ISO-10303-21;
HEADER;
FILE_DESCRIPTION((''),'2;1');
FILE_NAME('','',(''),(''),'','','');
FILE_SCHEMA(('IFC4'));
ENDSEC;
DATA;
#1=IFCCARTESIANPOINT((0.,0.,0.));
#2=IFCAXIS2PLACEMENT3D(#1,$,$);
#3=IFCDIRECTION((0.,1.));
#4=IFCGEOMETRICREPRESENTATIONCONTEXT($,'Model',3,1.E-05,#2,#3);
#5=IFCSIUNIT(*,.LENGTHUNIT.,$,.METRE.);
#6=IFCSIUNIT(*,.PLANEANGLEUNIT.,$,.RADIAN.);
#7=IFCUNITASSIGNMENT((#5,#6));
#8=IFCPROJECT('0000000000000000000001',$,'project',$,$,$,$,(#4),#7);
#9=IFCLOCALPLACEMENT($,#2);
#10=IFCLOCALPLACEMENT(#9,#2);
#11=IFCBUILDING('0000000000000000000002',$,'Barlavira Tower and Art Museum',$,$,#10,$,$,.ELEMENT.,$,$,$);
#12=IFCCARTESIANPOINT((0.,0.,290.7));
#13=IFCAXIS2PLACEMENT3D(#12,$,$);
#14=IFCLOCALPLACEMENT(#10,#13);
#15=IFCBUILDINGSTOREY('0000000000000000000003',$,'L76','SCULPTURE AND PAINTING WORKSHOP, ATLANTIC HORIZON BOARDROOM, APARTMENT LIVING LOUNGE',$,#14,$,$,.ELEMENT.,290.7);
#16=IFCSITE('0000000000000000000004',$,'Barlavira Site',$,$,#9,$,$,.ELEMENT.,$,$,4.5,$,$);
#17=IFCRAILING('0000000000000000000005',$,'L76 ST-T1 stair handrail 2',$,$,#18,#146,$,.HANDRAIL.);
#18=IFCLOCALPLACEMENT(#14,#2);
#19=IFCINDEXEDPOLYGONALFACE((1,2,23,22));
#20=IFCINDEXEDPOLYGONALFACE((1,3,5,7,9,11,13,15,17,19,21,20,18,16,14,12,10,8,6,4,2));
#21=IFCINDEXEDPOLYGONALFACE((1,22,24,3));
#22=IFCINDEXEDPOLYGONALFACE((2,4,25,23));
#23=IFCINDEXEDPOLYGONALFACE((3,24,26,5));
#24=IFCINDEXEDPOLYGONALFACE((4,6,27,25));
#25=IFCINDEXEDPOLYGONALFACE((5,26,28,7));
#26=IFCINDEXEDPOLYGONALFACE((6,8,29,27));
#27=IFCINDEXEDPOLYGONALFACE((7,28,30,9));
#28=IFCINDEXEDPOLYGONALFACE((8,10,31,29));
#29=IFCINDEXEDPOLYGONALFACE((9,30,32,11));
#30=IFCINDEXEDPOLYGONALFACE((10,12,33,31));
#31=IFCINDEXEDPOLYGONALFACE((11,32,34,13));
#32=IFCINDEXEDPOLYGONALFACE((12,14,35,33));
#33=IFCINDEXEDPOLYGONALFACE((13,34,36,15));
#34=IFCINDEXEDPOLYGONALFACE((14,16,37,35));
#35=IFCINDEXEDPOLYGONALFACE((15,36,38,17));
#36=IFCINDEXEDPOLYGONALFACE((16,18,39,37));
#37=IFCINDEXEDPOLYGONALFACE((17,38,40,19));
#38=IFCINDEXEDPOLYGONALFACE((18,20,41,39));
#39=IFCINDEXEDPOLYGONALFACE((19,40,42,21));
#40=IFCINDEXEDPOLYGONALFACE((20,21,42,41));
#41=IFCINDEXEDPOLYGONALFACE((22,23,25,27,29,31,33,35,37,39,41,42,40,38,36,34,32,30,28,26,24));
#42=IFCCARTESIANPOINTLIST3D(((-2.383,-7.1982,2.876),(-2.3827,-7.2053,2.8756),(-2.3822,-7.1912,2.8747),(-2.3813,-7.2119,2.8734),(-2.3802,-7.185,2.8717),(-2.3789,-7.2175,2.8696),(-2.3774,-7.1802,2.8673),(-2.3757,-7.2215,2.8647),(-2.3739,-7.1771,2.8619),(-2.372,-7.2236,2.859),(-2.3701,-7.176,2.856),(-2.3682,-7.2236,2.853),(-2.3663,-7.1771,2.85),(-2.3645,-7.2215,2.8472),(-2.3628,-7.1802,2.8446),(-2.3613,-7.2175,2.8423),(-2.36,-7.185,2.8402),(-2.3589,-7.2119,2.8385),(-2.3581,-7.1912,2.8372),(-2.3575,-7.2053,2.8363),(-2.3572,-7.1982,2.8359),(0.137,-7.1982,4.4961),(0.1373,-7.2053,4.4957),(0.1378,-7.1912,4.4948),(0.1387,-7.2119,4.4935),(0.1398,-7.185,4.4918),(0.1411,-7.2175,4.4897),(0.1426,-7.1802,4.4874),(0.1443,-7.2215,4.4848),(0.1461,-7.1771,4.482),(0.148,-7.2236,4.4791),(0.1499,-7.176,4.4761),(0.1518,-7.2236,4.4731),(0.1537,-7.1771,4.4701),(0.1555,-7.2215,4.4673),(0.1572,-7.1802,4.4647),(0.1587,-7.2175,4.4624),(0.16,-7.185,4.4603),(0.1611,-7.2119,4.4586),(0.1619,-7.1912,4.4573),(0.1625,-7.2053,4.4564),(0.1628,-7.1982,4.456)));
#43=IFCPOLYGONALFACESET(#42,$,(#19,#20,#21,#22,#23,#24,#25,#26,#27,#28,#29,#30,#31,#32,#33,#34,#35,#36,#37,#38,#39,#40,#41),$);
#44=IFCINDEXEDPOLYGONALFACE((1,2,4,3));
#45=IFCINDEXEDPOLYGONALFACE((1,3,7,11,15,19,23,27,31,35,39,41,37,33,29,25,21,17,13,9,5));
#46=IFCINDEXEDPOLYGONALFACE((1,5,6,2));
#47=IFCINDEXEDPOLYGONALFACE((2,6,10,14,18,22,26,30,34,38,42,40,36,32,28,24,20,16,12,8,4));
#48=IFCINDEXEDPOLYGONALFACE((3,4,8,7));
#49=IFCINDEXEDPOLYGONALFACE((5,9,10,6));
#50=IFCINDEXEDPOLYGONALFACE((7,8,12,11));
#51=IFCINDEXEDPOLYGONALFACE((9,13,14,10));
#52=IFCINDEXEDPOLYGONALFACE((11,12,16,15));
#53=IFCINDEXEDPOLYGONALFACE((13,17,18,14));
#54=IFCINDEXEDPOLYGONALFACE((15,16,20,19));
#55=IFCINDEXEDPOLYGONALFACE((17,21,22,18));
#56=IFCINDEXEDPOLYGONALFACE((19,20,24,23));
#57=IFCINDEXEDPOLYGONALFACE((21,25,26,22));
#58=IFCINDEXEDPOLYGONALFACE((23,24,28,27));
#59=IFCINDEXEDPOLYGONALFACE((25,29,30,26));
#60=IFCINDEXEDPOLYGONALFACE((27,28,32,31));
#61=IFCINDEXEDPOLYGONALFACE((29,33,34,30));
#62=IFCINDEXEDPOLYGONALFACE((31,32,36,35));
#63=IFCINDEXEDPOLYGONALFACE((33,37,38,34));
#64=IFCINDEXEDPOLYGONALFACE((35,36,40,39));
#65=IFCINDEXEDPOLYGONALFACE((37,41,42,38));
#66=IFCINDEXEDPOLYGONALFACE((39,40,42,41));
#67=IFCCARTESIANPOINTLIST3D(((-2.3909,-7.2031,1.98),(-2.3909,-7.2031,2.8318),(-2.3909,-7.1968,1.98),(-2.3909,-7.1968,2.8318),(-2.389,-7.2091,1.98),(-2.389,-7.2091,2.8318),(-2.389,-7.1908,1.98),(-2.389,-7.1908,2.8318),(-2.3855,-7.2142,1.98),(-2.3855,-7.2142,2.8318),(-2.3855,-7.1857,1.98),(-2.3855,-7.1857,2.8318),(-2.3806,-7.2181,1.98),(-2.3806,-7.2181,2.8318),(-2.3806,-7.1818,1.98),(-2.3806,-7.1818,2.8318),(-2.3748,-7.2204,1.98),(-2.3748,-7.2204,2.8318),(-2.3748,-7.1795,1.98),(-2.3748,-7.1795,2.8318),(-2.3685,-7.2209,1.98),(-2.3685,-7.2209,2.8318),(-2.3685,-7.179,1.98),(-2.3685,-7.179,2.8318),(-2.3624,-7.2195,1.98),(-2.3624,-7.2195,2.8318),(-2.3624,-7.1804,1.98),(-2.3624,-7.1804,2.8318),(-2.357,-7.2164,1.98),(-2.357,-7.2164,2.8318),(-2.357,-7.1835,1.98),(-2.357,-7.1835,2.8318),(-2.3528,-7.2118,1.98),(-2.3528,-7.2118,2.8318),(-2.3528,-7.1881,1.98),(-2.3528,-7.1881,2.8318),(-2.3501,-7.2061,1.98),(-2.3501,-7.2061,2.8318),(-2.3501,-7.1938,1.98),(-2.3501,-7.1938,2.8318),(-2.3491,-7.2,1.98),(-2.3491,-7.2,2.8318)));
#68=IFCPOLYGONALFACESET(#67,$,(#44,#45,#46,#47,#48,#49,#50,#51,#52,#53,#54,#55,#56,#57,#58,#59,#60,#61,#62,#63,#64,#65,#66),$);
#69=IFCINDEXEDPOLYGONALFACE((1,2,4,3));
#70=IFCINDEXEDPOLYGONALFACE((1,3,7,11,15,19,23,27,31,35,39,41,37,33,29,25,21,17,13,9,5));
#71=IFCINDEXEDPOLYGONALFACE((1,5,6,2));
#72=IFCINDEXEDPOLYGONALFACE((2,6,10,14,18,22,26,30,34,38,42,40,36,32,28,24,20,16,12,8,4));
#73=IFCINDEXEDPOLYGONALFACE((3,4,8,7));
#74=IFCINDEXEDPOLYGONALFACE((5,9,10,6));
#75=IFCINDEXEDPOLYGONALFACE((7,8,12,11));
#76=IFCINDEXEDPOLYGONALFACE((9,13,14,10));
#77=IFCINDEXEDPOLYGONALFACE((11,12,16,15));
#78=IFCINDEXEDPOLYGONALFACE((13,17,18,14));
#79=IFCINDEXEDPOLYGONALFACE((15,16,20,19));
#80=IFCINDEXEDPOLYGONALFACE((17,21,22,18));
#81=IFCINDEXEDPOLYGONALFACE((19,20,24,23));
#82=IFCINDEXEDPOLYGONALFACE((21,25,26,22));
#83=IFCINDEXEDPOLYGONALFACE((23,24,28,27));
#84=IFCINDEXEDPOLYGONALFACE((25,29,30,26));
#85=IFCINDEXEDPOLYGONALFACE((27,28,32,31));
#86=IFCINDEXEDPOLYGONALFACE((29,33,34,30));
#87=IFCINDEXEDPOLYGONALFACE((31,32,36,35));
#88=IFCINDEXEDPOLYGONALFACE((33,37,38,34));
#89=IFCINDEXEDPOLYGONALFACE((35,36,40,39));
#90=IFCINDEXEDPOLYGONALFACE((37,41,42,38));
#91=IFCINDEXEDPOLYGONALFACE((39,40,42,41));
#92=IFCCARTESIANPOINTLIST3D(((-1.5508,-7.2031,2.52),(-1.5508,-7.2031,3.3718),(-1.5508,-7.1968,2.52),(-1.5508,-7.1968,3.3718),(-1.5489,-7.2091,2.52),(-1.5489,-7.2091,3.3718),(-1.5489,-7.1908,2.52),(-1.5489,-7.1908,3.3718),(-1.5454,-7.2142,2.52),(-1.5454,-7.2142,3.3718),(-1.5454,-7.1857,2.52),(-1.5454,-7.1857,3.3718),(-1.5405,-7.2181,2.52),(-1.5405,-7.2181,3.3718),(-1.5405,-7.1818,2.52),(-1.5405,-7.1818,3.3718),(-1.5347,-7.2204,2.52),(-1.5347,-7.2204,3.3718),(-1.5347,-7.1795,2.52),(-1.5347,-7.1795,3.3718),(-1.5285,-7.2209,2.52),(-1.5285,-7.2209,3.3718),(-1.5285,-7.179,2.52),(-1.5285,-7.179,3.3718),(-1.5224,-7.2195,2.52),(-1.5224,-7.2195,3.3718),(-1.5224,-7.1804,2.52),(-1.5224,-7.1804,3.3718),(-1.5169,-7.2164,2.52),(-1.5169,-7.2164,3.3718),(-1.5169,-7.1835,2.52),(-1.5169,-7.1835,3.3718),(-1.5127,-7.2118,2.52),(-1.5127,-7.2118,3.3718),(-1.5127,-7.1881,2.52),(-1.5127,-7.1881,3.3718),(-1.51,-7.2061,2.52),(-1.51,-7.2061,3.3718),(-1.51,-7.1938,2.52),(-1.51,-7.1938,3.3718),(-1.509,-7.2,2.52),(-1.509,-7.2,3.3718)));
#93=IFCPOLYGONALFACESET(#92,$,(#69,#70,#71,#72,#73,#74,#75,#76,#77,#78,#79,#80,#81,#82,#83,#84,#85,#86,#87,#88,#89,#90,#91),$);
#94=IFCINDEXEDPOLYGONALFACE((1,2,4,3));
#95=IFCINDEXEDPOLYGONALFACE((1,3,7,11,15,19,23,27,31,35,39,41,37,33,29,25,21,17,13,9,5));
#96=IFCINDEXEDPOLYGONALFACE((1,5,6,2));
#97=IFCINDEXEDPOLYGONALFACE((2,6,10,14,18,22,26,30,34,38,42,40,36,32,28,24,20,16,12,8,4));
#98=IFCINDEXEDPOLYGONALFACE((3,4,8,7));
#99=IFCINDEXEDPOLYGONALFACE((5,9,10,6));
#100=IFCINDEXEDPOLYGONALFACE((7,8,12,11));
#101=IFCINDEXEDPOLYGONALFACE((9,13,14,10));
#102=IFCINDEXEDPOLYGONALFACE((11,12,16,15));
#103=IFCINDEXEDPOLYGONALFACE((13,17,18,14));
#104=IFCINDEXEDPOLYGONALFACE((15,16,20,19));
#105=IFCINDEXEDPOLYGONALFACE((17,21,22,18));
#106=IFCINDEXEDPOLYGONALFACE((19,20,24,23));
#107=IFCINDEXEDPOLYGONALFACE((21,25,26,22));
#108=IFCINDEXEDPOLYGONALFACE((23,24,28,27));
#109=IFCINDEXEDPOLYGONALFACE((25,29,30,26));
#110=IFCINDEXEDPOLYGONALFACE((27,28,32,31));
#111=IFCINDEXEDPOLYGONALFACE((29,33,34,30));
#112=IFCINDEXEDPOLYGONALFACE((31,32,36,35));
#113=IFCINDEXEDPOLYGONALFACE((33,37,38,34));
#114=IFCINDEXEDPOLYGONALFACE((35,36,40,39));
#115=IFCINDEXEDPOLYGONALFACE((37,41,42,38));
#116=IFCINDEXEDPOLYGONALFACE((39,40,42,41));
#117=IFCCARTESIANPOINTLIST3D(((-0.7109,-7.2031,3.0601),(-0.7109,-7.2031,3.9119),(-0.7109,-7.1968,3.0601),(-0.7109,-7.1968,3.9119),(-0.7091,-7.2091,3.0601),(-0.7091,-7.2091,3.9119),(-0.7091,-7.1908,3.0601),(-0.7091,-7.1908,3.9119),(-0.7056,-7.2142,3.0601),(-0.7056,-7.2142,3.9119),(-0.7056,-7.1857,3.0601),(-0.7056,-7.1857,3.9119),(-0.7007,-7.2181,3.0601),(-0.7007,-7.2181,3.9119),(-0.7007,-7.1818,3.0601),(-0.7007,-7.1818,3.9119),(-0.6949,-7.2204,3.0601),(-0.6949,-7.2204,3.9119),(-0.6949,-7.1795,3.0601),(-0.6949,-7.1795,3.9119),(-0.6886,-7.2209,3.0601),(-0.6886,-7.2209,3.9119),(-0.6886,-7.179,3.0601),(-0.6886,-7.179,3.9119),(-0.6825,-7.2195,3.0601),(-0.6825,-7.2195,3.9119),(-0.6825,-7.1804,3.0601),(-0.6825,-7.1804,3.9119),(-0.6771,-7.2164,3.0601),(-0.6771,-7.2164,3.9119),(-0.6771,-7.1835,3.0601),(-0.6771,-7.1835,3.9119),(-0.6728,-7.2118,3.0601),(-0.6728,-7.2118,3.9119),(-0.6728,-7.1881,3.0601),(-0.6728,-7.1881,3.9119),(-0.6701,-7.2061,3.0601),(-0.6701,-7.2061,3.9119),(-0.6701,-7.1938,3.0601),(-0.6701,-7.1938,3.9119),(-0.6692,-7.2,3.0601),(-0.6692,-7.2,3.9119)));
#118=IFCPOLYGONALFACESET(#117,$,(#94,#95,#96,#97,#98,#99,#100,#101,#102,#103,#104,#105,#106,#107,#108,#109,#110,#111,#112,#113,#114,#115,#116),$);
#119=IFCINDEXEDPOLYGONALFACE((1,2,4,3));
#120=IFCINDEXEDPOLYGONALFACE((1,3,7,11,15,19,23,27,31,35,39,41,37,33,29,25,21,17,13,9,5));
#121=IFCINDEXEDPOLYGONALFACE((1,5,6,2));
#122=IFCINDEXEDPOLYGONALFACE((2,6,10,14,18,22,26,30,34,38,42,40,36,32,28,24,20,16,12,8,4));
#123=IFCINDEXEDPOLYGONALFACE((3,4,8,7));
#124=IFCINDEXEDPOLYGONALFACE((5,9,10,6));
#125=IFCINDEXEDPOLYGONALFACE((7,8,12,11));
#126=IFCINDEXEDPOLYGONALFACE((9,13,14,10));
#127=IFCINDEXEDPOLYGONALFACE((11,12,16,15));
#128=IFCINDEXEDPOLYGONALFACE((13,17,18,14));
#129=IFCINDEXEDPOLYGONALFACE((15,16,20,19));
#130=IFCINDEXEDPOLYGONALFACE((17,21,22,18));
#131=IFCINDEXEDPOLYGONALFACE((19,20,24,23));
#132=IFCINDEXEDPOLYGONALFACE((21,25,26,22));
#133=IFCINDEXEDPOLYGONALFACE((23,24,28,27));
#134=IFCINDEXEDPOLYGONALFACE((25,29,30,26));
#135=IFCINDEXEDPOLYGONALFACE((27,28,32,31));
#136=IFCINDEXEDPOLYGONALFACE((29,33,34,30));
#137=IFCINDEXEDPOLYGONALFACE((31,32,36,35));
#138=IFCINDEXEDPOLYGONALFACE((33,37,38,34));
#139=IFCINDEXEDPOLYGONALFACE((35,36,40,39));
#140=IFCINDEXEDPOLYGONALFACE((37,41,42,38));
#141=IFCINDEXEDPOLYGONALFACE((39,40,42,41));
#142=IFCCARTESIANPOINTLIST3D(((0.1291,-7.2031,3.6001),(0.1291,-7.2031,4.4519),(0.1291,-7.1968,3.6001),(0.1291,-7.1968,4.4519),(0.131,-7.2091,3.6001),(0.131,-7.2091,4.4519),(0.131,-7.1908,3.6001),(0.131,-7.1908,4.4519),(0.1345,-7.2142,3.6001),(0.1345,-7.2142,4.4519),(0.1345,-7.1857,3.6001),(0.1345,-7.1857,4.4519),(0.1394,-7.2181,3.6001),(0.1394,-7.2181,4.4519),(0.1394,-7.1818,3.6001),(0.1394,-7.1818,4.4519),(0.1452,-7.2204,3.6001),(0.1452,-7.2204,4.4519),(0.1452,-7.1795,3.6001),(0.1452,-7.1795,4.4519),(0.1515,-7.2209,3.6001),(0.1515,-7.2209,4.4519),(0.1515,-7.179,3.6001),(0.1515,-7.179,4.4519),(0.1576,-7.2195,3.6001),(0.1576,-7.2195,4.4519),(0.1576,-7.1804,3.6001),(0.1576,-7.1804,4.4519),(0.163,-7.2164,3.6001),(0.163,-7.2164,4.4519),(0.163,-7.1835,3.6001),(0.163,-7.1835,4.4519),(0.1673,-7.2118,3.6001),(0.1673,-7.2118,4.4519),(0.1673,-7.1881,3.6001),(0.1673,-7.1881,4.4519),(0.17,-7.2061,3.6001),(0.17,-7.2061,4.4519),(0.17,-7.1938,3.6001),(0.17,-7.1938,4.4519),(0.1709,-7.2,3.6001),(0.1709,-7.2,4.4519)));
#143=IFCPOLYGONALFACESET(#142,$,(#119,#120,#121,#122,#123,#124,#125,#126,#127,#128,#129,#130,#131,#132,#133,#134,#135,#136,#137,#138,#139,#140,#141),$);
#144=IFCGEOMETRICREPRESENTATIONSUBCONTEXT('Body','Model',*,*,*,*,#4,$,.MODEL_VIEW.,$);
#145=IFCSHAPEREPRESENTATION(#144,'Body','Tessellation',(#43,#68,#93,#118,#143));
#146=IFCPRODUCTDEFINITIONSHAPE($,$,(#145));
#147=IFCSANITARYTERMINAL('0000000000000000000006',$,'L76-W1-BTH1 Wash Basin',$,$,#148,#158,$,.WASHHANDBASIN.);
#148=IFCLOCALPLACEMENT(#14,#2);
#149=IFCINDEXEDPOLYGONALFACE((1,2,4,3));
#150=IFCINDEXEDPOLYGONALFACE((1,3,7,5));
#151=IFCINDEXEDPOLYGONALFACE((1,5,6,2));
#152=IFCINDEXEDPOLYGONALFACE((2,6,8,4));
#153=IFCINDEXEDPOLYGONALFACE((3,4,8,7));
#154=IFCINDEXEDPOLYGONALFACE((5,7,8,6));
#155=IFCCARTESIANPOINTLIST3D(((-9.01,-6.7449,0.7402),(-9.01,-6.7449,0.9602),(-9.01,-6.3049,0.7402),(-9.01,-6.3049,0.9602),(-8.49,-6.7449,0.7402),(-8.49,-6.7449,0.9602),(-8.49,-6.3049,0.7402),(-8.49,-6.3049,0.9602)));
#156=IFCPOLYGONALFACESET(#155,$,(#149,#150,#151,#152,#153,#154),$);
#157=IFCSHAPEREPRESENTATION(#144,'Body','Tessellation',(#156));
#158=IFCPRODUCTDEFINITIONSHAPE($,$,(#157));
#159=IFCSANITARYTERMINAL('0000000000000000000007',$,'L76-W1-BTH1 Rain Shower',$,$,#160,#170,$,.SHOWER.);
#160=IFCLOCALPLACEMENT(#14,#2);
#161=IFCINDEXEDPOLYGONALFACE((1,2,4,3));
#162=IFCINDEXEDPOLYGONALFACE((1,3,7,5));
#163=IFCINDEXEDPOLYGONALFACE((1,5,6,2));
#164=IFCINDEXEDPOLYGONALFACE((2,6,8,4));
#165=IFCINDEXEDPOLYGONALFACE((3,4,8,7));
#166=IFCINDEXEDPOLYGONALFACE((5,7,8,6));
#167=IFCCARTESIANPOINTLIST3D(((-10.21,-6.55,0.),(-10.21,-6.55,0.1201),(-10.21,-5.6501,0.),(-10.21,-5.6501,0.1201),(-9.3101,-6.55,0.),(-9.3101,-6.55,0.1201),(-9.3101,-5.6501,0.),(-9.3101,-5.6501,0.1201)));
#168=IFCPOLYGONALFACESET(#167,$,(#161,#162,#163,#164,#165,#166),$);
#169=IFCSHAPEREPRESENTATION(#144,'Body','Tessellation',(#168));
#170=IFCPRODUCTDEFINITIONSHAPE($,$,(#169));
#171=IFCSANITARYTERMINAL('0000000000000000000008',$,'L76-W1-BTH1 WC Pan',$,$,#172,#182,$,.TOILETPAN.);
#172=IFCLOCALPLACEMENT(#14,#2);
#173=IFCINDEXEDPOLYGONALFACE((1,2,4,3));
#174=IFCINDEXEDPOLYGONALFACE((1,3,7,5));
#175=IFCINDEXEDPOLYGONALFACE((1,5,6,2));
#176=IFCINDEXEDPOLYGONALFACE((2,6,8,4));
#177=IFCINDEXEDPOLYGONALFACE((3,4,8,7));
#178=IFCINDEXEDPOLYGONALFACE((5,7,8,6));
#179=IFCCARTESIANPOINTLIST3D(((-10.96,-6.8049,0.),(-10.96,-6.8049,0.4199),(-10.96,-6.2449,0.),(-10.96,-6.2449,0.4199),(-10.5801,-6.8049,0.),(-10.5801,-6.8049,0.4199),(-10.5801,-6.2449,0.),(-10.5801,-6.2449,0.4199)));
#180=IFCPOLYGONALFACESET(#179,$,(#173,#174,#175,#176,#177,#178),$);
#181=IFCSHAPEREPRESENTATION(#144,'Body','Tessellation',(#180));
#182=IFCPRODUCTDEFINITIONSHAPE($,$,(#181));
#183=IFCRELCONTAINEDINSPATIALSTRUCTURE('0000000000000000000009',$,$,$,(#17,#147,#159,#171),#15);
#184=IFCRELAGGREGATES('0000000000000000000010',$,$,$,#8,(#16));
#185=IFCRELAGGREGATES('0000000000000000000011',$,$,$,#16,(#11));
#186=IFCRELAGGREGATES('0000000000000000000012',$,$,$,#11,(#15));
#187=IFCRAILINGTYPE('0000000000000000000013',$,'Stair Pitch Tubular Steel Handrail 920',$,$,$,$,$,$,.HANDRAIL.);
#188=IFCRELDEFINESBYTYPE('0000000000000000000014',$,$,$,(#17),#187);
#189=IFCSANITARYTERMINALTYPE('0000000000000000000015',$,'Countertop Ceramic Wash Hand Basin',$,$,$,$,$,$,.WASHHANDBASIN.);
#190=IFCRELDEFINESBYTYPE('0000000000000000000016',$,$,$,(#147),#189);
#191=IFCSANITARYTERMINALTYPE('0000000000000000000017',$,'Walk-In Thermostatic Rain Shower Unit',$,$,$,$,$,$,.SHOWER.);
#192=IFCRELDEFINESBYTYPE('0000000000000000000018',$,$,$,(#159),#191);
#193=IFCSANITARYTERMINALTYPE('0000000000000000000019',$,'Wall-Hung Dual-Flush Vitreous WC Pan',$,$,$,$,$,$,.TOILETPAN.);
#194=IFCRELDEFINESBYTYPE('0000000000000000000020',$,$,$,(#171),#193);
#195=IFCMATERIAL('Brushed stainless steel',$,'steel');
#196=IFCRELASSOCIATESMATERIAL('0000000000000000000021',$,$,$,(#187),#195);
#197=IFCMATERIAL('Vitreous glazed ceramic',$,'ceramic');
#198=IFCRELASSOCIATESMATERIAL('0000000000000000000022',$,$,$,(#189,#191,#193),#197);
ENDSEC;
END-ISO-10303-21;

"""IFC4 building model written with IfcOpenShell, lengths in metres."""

from ifc_helpers import new_model, si_unit, direction, frame, origin, origin_2d, place, context, subcontext, project, spatial, rectangle, circle, extrude, material, type_object, element, save


model = new_model("IFC4")

# Units and contexts
model_context = context("Model", 3, precision=1e-05, world=origin(), true_north=direction((0.0, 1.0)))
body_context = subcontext(model_context, "Body", "Model", "MODEL_VIEW")
ifc_project = project(units=[si_unit("LENGTHUNIT", "METRE"), si_unit("PLANEANGLEUNIT", "RADIAN")], contexts=[model_context])

# Site, building, storey
site_placement = place(None, origin())
site = spatial("IfcSite", under=ifc_project, at=site_placement, Name="Barlavira Site", CompositionType="ELEMENT", RefElevation=4.5)
building_placement = place(site_placement, origin())
building = spatial("IfcBuilding", under=site, at=building_placement, Name="Barlavira Tower and Art Museum", CompositionType="ELEMENT")
storey_placement = place(building_placement, frame((0.0, 0.0, 290.7)))
storey = spatial("IfcBuildingStorey", under=building, at=storey_placement, Name="L76", Description="SCULPTURE AND PAINTING WORKSHOP, ATLANTIC HORIZON BOARDROOM, APARTMENT LIVING LOUNGE", CompositionType="ELEMENT", Elevation=290.7)

# Shared definitions
ifc_material_1 = material(Name="Brushed stainless steel", Category="steel")

# Railing
railing_type_1 = type_object("IfcRailingType", Name="Stair Pitch Tubular Steel Handrail 920", PredefinedType="HANDRAIL", material=ifc_material_1)
railing_1_placement = place(storey_placement, frame((-2.3701, -7.2, 1.98)))
element("IfcRailing", 1, at=railing_1_placement, inside=storey, type_object=railing_type_1, Name="L76 ST-T1 stair handrail 2", PredefinedType="HANDRAIL", context=body_context, shape_type="SweptSolid", body=[
    extrude(circle(Radius=0.0239, at=origin_2d()), frame((0.0, 0.0, 0.876), z_axis=(0.841163, 0.0, 0.540782), x_axis=(0.0, 1.0, 0.0)), (0.0, 0.0, 1.0), 2.9958),
    extrude(circle(Radius=0.021, at=origin_2d()), origin(), (0.0, 0.0, 1.0), 0.8518),
    extrude(circle(Radius=0.021, at=origin_2d()), frame((0.8401, 0.0, 0.54)), (0.0, 0.0, 1.0), 0.8518),
    extrude(circle(Radius=0.021, at=origin_2d()), frame((1.6799, 0.0, 1.0801)), (0.0, 0.0, 1.0), 0.8518),
    extrude(circle(Radius=0.021, at=origin_2d()), frame((2.52, 0.0, 1.6201)), (0.0, 0.0, 1.0), 0.8518),
])

# Sanitary terminals
ifc_material_2 = material(Name="Vitreous glazed ceramic", Category="ceramic")
sanitary_terminal_type_1 = type_object("IfcSanitaryTerminalType", Name="Countertop Ceramic Wash Hand Basin", PredefinedType="WASHHANDBASIN", material=ifc_material_2)
sanitary_terminal_1_placement = place(storey_placement, frame((-8.75, -6.5249, 0.7402), z_axis=(0.0, 0.0, 1.0), x_axis=(1.0, 0.0, 0.0)))
element("IfcSanitaryTerminal", 2, at=sanitary_terminal_1_placement, inside=storey, type_object=sanitary_terminal_type_1, Name="L76-W1-BTH1 Wash Basin", PredefinedType="WASHHANDBASIN", context=body_context, shape_type="SweptSolid", body=[
    extrude(rectangle(XDim=0.52, YDim=0.4399, at=origin_2d()), origin(), (0.0, 0.0, 1.0), 0.22),
])
sanitary_terminal_type_2 = type_object("IfcSanitaryTerminalType", Name="Walk-In Thermostatic Rain Shower Unit", PredefinedType="SHOWER", material=ifc_material_2)
sanitary_terminal_2_placement = place(storey_placement, frame((-9.76, -6.1001, 0.0), z_axis=(0.0, 0.0, 1.0), x_axis=(1.0, 0.0, 0.0)))
element("IfcSanitaryTerminal", 3, at=sanitary_terminal_2_placement, inside=storey, type_object=sanitary_terminal_type_2, Name="L76-W1-BTH1 Rain Shower", PredefinedType="SHOWER", context=body_context, shape_type="SweptSolid", body=[
    extrude(rectangle(XDim=0.8999, YDim=0.8999, at=origin_2d()), origin(), (0.0, 0.0, 1.0), 0.1201),
])
sanitary_terminal_type_3 = type_object("IfcSanitaryTerminalType", Name="Wall-Hung Dual-Flush Vitreous WC Pan", PredefinedType="TOILETPAN", material=ifc_material_2)
sanitary_terminal_3_placement = place(storey_placement, frame((-10.77, -6.5249, 0.0), z_axis=(0.0, 0.0, 1.0), x_axis=(1.0, 0.0, 0.0)))
element("IfcSanitaryTerminal", 4, at=sanitary_terminal_3_placement, inside=storey, type_object=sanitary_terminal_type_3, Name="L76-W1-BTH1 WC Pan", PredefinedType="TOILETPAN", context=body_context, shape_type="SweptSolid", body=[
    extrude(rectangle(XDim=0.3799, YDim=0.5601, at=origin_2d()), origin(), (0.0, 0.0, 1.0), 0.4199),
])

save(model, "model.ifc")
